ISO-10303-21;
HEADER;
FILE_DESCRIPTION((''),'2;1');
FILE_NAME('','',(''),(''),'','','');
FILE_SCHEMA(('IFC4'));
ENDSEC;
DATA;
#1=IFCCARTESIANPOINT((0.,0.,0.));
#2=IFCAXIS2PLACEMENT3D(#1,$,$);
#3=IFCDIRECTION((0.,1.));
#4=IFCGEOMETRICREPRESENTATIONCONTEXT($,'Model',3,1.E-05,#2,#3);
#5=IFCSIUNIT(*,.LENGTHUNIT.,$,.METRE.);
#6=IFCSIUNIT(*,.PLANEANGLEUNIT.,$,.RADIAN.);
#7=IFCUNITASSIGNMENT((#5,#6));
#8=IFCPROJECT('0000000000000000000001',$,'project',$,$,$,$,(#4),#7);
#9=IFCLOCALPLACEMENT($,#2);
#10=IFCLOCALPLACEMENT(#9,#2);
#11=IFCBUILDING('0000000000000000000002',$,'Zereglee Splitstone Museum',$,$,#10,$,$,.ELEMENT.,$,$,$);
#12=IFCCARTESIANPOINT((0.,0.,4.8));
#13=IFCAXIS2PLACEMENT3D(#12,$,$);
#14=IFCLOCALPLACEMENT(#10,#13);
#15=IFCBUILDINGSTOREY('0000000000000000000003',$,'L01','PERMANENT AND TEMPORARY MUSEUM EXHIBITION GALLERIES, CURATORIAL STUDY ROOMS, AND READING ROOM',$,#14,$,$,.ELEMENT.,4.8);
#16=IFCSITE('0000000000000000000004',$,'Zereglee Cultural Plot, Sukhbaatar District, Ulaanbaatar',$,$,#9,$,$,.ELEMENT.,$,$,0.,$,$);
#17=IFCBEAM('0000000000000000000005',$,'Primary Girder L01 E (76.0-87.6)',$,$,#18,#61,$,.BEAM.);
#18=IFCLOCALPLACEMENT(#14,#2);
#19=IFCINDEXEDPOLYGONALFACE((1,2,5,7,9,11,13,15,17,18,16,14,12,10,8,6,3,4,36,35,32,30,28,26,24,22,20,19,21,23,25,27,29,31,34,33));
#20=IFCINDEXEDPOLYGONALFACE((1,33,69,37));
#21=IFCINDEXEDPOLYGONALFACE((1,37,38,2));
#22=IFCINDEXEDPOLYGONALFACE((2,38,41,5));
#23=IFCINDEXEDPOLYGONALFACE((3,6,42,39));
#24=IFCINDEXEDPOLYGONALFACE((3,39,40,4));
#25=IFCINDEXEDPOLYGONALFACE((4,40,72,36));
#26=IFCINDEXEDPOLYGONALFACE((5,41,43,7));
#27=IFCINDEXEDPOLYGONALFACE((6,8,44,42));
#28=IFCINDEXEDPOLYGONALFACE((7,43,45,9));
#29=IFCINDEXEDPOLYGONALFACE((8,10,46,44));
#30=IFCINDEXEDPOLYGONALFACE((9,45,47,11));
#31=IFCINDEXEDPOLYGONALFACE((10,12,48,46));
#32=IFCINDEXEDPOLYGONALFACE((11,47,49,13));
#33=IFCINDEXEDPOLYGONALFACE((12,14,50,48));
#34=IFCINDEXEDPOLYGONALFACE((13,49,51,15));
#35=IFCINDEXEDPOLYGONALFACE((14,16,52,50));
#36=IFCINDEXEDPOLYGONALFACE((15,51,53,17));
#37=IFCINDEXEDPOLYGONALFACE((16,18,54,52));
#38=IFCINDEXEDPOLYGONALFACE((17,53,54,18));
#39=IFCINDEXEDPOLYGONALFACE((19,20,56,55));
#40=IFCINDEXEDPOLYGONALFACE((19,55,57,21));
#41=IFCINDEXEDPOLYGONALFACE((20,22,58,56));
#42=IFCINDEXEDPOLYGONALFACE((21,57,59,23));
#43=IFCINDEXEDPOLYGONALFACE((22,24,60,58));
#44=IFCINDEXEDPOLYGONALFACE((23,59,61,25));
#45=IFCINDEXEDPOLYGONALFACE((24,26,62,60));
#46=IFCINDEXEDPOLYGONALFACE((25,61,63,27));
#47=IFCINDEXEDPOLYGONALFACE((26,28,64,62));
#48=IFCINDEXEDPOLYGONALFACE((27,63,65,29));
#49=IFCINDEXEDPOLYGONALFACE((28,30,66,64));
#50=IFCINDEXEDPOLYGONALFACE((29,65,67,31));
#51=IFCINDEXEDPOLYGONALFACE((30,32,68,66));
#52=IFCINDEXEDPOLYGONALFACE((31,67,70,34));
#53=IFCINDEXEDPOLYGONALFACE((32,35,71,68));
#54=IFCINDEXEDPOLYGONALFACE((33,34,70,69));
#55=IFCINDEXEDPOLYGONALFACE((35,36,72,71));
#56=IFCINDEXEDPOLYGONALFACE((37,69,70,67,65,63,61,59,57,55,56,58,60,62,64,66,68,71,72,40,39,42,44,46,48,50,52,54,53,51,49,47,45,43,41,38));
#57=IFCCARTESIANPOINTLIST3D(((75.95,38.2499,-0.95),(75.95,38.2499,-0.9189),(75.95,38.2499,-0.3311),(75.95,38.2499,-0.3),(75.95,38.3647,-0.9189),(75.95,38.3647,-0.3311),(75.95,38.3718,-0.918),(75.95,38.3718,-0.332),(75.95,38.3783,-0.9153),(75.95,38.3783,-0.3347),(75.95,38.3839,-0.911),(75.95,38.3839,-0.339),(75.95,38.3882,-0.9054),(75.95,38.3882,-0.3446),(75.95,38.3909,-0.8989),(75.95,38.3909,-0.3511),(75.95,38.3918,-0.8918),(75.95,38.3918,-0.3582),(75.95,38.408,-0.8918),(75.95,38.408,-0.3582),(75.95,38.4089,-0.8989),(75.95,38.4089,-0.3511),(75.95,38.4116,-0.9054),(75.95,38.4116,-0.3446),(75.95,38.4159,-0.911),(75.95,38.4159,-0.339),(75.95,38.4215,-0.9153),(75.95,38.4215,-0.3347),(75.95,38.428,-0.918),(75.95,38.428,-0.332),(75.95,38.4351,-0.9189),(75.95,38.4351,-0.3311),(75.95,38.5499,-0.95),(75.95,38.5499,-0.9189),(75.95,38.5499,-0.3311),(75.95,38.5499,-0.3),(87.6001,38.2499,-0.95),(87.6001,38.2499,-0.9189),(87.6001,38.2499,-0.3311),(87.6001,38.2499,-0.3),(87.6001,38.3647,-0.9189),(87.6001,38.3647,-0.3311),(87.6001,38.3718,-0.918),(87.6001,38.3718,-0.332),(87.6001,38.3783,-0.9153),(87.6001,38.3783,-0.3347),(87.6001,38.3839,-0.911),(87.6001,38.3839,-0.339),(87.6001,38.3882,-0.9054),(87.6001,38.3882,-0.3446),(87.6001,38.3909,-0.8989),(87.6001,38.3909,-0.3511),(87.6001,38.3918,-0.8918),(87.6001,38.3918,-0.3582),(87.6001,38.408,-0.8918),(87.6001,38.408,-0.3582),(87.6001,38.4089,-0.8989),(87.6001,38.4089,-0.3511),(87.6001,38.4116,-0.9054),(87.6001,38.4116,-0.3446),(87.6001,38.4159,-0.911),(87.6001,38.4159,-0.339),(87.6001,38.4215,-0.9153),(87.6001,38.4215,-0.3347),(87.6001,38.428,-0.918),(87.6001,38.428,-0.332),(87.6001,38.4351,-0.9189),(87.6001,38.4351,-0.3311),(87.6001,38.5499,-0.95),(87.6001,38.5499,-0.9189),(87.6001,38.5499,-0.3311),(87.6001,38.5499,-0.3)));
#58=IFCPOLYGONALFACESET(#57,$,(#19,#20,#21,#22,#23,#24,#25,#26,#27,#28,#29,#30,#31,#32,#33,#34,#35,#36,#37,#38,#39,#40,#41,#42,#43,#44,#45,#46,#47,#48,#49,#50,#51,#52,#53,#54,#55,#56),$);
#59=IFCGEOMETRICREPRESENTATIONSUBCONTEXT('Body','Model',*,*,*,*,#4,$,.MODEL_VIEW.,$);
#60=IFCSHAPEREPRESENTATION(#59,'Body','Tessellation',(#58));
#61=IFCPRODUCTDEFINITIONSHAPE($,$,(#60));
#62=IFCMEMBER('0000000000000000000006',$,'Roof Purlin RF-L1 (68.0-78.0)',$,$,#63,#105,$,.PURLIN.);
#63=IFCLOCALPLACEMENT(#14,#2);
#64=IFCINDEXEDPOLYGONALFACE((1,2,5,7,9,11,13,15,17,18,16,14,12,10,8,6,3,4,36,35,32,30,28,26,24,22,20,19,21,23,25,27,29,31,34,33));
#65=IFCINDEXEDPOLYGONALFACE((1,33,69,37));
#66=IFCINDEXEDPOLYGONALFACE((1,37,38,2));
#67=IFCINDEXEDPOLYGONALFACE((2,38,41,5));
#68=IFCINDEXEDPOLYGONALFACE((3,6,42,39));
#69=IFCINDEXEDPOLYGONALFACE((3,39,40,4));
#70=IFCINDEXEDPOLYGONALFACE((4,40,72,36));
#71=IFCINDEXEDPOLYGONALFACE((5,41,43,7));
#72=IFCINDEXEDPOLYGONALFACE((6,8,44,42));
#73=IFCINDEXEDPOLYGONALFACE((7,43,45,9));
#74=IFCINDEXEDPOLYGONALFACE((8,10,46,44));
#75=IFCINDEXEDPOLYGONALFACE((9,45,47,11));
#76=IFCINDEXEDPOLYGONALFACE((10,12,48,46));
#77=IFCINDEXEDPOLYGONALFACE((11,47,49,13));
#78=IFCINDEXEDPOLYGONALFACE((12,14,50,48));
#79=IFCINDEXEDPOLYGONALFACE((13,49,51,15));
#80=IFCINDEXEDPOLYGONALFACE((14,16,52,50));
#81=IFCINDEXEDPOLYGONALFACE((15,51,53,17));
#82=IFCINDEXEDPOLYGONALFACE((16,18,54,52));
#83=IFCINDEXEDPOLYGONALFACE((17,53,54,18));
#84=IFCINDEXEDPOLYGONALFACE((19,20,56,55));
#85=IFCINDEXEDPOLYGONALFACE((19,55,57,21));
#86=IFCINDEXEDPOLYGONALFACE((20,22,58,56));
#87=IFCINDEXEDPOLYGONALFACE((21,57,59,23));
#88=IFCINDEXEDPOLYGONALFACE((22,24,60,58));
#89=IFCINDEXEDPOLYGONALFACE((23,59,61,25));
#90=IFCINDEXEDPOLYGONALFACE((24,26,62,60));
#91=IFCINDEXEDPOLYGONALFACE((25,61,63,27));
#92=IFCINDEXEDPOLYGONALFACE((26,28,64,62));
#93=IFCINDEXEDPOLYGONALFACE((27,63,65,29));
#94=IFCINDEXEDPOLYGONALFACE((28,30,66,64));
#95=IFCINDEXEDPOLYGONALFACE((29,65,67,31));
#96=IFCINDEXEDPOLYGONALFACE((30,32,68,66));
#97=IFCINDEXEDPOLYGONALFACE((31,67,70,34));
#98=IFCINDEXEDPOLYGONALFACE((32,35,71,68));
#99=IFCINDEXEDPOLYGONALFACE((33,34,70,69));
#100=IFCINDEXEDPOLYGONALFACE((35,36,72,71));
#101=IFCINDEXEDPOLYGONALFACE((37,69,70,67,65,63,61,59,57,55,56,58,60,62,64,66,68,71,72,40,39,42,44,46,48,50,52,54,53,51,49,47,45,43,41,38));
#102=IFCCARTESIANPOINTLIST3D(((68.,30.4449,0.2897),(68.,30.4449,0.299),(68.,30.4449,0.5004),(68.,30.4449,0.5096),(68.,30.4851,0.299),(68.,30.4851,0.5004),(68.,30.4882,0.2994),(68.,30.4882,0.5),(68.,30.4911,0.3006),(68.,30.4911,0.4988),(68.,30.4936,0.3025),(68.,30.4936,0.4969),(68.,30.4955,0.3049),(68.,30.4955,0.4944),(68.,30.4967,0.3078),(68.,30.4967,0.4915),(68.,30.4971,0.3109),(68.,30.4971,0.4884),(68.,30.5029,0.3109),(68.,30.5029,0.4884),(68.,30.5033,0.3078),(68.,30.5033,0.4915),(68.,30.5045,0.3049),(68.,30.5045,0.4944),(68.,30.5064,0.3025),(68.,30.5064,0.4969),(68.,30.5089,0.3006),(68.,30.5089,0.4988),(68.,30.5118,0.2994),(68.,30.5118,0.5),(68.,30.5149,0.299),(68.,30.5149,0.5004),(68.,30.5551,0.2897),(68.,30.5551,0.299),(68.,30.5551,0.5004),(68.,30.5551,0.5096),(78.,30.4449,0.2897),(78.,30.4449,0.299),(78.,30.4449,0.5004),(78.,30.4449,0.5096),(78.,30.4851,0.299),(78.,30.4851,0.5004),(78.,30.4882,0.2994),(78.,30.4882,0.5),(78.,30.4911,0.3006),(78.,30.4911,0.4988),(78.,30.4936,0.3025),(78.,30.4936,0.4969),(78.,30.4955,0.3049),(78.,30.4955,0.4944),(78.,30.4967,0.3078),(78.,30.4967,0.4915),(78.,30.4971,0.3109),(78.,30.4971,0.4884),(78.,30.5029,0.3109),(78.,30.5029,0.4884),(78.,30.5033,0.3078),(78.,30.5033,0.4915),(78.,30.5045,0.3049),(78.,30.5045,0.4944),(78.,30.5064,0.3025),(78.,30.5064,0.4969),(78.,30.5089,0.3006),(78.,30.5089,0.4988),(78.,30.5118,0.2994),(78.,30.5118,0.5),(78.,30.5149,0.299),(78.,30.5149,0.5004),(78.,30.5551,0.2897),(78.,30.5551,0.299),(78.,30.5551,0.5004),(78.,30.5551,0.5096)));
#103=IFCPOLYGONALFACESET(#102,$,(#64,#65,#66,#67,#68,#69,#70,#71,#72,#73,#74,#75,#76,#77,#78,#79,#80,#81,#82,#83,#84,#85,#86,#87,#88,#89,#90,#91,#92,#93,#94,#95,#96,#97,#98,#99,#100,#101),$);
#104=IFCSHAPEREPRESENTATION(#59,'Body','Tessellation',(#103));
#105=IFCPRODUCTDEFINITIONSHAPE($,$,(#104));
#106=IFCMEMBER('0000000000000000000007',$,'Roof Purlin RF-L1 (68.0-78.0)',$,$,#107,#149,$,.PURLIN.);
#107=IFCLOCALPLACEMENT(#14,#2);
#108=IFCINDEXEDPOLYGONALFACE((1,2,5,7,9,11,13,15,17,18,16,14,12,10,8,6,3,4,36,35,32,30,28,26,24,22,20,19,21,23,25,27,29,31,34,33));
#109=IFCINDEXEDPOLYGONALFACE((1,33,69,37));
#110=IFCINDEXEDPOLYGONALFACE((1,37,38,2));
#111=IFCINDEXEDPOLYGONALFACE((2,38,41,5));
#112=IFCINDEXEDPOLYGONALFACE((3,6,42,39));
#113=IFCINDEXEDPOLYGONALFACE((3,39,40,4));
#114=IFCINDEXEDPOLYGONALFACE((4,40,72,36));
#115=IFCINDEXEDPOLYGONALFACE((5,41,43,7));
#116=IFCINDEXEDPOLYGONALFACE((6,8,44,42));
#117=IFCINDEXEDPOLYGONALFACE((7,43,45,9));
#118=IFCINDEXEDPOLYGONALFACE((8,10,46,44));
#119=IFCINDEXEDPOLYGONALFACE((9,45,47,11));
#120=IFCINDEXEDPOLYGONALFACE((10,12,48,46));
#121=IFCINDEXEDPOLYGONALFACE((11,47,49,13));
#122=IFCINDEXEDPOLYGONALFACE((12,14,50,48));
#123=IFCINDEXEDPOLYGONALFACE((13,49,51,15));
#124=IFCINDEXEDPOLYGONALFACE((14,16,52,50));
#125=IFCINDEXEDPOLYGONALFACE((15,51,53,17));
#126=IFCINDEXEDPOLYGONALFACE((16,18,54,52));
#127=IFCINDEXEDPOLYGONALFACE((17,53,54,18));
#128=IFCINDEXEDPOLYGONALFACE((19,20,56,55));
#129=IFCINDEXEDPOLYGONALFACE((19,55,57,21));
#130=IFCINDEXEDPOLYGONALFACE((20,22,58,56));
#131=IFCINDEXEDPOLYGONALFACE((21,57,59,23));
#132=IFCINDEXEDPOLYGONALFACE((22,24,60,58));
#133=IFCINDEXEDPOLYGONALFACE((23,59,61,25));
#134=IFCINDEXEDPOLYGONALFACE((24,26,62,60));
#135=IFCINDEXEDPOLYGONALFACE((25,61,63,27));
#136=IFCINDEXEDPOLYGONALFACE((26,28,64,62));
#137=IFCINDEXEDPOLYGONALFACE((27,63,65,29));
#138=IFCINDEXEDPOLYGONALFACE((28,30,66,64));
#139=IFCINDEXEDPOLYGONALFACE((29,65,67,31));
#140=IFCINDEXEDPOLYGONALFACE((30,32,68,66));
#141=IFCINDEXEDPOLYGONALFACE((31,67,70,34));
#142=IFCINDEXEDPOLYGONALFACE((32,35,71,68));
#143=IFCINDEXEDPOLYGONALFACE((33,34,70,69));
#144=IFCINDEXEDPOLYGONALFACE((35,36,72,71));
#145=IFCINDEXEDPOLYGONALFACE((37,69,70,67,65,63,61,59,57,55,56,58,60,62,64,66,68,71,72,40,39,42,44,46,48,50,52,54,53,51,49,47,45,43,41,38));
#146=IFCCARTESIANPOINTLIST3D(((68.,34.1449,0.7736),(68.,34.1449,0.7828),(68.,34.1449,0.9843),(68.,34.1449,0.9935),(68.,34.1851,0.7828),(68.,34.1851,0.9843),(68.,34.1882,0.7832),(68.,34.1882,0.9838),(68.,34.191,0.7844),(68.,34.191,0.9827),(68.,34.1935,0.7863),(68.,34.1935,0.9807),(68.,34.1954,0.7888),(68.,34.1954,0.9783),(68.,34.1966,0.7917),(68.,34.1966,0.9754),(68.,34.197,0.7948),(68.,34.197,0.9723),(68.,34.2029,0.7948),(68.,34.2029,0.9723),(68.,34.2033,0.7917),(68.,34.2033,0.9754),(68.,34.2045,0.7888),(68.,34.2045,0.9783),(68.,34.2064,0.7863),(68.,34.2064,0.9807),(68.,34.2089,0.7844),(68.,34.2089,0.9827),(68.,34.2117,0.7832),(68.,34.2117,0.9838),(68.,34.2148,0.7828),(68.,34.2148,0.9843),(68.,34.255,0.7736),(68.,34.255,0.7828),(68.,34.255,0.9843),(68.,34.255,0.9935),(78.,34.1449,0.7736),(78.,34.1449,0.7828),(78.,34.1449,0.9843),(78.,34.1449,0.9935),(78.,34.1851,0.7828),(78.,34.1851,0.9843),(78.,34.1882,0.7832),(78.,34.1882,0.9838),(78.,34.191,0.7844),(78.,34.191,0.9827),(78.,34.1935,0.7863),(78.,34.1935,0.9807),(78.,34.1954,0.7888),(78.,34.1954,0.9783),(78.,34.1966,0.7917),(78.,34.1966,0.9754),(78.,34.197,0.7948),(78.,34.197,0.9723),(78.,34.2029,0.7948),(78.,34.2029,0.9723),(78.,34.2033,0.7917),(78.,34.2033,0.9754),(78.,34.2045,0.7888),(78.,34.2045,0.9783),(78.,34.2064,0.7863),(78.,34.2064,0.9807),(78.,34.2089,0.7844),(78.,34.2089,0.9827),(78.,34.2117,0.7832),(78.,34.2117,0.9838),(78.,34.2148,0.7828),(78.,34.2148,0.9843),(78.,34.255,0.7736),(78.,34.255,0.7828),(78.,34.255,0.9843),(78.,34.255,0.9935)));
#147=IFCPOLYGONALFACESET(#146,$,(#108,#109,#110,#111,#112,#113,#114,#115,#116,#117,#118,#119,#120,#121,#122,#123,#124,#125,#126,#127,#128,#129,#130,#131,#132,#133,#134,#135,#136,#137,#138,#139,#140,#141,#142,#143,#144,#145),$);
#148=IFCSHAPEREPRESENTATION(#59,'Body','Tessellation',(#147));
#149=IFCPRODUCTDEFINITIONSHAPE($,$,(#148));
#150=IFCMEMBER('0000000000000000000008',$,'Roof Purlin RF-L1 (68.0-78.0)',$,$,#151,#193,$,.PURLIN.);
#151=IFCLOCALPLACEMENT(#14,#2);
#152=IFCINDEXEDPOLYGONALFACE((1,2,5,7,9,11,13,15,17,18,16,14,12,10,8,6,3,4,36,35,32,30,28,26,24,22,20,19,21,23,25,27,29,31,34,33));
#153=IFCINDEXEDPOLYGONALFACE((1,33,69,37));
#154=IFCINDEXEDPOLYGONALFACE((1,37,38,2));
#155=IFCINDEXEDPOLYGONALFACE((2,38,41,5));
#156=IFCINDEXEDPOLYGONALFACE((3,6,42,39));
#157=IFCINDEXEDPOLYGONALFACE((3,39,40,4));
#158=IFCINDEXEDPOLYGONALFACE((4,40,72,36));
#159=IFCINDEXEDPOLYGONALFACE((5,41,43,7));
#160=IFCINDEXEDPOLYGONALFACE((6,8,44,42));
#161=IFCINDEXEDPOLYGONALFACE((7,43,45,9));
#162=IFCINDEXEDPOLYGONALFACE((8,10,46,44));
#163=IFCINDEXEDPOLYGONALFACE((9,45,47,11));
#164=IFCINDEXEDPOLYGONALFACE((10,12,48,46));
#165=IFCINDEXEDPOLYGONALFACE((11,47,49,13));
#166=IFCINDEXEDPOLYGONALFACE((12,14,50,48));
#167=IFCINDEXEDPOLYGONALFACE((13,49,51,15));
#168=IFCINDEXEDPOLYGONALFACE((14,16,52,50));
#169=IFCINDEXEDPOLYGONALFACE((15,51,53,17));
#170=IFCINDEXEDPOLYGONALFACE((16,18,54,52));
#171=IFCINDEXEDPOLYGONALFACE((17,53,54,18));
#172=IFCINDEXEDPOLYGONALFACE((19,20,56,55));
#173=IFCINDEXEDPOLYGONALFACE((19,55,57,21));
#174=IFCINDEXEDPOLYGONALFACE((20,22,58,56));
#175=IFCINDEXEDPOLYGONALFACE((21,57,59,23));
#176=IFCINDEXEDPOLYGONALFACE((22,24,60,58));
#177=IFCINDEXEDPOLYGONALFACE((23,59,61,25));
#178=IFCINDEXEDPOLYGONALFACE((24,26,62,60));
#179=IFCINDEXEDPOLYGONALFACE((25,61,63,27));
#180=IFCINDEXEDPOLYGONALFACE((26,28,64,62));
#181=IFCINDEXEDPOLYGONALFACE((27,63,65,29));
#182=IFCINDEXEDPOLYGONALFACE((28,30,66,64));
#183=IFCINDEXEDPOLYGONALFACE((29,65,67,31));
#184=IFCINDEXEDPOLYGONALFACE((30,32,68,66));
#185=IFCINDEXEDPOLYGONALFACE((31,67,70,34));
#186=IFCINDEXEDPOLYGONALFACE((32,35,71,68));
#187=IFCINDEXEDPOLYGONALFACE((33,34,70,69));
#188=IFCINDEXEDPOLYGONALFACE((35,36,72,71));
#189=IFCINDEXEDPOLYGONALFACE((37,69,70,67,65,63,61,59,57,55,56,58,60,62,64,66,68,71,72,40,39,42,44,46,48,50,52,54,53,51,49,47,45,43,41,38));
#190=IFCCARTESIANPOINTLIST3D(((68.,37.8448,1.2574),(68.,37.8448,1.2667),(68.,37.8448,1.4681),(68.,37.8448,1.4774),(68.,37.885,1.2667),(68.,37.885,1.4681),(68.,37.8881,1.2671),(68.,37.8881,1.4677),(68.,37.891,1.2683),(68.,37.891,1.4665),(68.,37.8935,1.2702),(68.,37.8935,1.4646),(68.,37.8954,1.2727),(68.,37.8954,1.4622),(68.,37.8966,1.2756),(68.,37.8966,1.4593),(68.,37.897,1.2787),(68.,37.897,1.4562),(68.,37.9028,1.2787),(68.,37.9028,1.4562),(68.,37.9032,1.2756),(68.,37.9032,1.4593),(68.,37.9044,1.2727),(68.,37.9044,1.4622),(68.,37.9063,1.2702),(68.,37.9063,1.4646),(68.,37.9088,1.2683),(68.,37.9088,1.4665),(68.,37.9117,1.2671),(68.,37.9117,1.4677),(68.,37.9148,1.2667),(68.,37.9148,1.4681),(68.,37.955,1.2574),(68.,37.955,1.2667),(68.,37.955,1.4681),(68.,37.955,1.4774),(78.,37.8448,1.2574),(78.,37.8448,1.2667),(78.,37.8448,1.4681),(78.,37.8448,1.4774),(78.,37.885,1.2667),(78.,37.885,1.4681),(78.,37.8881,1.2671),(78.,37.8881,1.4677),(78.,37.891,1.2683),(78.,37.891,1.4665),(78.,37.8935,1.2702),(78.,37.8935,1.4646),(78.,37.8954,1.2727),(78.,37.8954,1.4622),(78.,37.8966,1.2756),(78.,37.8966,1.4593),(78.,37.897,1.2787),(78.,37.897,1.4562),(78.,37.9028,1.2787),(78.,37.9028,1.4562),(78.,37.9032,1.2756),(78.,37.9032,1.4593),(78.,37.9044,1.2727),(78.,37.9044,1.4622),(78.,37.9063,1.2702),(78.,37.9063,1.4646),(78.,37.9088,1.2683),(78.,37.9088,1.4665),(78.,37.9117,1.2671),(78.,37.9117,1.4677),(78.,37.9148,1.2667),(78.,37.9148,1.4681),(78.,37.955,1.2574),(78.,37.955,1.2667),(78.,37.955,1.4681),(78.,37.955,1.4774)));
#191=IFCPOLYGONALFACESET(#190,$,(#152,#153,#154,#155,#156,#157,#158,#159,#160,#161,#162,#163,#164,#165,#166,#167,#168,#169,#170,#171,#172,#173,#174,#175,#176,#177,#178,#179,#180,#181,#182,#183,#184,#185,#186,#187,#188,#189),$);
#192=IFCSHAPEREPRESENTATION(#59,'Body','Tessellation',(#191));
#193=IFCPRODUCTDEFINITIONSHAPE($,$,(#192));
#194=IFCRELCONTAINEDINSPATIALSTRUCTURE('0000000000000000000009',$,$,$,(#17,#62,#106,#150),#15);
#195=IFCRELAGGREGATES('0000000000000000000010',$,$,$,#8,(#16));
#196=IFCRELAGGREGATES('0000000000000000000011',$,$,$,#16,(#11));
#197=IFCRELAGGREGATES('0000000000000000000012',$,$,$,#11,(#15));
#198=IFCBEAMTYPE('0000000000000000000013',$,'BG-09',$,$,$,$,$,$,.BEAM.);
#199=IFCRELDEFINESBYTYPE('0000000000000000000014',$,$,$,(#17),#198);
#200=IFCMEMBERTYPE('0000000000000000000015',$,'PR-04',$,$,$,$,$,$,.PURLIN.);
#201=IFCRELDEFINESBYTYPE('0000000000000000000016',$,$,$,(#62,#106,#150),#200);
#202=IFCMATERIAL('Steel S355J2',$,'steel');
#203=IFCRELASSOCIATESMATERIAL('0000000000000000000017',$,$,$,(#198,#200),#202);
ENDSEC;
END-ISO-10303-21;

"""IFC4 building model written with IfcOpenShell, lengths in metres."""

from ifc_helpers import new_model, si_unit, direction, frame, origin, origin_2d, place, context, subcontext, project, spatial, i_section, extrude, material, material_profile, profile_set, type_object, element, save


model = new_model("IFC4")

# Units and contexts
model_context = context("Model", 3, precision=1e-05, world=origin(), true_north=direction((0.0, 1.0)))
body_context = subcontext(model_context, "Body", "Model", "MODEL_VIEW")
ifc_project = project(units=[si_unit("LENGTHUNIT", "METRE"), si_unit("PLANEANGLEUNIT", "RADIAN")], contexts=[model_context])

# Site, building, storey
site_placement = place(None, origin())
site = spatial("IfcSite", under=ifc_project, at=site_placement, Name="Zereglee Cultural Plot, Sukhbaatar District, Ulaanbaatar", CompositionType="ELEMENT", RefElevation=0.0)
building_placement = place(site_placement, origin())
building = spatial("IfcBuilding", under=site, at=building_placement, Name="Zereglee Splitstone Museum", CompositionType="ELEMENT")
storey_placement = place(building_placement, frame((0.0, 0.0, 4.8)))
storey = spatial("IfcBuildingStorey", under=building, at=storey_placement, Name="L01", Description="PERMANENT AND TEMPORARY MUSEUM EXHIBITION GALLERIES, CURATORIAL STUDY ROOMS, AND READING ROOM", CompositionType="ELEMENT", Elevation=4.8)

# Shared definitions
ifc_material_1 = material(Name="Steel S355J2", Category="steel")

# Beam
ifc_material_profile_1 = material_profile(ifc_material_1, i_section(OverallWidth=0.3, OverallDepth=0.6499, WebThickness=0.0161, FlangeThickness=0.031, FilletRadius=0.0271, at=origin_2d()), Name="HE 650 B")
ifc_profile_set_1 = profile_set([ifc_material_profile_1], Name="Steel S355J2")
beam_type_1 = type_object("IfcBeamType", Name="BG-09", PredefinedType="BEAM", material=ifc_profile_set_1)
for number, where, z_axis, x_axis, name in (
    (1, (75.95, 38.3999, -0.625), (1.0, 0.0, 0.0), (0.0, 1.0, 0.0), "Primary Girder L01 E (76.0-87.6)"),
):
    element("IfcBeam", number, at=place(storey_placement, frame(where, z_axis=z_axis, x_axis=x_axis)), inside=storey, type_object=beam_type_1, Name=name, PredefinedType="BEAM", context=body_context, shape_type="SweptSolid", body=[
        extrude(i_section(OverallWidth=0.3, OverallDepth=0.6499, WebThickness=0.0161, FlangeThickness=0.031, FilletRadius=0.0271, at=origin_2d()), origin(), (0.0, 0.0, 1.0), 11.6501),
    ])

# Members
ifc_material_profile_2 = material_profile(ifc_material_1, i_section(OverallWidth=0.1101, OverallDepth=0.22, WebThickness=0.0059, FlangeThickness=0.0093, FilletRadius=0.012, at=origin_2d()), Name="IPE 220")
ifc_profile_set_2 = profile_set([ifc_material_profile_2], Name="Steel S355J2")
member_type = type_object("IfcMemberType", Name="PR-04", PredefinedType="PURLIN", material=ifc_profile_set_2)
for number, where, z_axis, x_axis, name in (
    (2, (68.0, 30.5, 0.3997), (1.0, 0.0, 0.0), (0.0, 1.0, 0.0), "Roof Purlin RF-L1 (68.0-78.0)"),
    (3, (68.0, 34.2, 0.8835), (1.0, 0.0, 0.0), (0.0, 1.0, 0.0), "Roof Purlin RF-L1 (68.0-78.0)"),
    (4, (68.0, 37.8999, 1.3674), (1.0, 0.0, 0.0), (0.0, 1.0, 0.0), "Roof Purlin RF-L1 (68.0-78.0)"),
):
    element("IfcMember", number, at=place(storey_placement, frame(where, z_axis=z_axis, x_axis=x_axis)), inside=storey, type_object=member_type, Name=name, PredefinedType="PURLIN", context=body_context, shape_type="SweptSolid", body=[
        extrude(i_section(OverallWidth=0.1101, OverallDepth=0.22, WebThickness=0.0059, FlangeThickness=0.0093, FilletRadius=0.012, at=origin_2d()), origin(), (0.0, 0.0, 1.0), 10.0),
    ])

save(model, "model.ifc")
